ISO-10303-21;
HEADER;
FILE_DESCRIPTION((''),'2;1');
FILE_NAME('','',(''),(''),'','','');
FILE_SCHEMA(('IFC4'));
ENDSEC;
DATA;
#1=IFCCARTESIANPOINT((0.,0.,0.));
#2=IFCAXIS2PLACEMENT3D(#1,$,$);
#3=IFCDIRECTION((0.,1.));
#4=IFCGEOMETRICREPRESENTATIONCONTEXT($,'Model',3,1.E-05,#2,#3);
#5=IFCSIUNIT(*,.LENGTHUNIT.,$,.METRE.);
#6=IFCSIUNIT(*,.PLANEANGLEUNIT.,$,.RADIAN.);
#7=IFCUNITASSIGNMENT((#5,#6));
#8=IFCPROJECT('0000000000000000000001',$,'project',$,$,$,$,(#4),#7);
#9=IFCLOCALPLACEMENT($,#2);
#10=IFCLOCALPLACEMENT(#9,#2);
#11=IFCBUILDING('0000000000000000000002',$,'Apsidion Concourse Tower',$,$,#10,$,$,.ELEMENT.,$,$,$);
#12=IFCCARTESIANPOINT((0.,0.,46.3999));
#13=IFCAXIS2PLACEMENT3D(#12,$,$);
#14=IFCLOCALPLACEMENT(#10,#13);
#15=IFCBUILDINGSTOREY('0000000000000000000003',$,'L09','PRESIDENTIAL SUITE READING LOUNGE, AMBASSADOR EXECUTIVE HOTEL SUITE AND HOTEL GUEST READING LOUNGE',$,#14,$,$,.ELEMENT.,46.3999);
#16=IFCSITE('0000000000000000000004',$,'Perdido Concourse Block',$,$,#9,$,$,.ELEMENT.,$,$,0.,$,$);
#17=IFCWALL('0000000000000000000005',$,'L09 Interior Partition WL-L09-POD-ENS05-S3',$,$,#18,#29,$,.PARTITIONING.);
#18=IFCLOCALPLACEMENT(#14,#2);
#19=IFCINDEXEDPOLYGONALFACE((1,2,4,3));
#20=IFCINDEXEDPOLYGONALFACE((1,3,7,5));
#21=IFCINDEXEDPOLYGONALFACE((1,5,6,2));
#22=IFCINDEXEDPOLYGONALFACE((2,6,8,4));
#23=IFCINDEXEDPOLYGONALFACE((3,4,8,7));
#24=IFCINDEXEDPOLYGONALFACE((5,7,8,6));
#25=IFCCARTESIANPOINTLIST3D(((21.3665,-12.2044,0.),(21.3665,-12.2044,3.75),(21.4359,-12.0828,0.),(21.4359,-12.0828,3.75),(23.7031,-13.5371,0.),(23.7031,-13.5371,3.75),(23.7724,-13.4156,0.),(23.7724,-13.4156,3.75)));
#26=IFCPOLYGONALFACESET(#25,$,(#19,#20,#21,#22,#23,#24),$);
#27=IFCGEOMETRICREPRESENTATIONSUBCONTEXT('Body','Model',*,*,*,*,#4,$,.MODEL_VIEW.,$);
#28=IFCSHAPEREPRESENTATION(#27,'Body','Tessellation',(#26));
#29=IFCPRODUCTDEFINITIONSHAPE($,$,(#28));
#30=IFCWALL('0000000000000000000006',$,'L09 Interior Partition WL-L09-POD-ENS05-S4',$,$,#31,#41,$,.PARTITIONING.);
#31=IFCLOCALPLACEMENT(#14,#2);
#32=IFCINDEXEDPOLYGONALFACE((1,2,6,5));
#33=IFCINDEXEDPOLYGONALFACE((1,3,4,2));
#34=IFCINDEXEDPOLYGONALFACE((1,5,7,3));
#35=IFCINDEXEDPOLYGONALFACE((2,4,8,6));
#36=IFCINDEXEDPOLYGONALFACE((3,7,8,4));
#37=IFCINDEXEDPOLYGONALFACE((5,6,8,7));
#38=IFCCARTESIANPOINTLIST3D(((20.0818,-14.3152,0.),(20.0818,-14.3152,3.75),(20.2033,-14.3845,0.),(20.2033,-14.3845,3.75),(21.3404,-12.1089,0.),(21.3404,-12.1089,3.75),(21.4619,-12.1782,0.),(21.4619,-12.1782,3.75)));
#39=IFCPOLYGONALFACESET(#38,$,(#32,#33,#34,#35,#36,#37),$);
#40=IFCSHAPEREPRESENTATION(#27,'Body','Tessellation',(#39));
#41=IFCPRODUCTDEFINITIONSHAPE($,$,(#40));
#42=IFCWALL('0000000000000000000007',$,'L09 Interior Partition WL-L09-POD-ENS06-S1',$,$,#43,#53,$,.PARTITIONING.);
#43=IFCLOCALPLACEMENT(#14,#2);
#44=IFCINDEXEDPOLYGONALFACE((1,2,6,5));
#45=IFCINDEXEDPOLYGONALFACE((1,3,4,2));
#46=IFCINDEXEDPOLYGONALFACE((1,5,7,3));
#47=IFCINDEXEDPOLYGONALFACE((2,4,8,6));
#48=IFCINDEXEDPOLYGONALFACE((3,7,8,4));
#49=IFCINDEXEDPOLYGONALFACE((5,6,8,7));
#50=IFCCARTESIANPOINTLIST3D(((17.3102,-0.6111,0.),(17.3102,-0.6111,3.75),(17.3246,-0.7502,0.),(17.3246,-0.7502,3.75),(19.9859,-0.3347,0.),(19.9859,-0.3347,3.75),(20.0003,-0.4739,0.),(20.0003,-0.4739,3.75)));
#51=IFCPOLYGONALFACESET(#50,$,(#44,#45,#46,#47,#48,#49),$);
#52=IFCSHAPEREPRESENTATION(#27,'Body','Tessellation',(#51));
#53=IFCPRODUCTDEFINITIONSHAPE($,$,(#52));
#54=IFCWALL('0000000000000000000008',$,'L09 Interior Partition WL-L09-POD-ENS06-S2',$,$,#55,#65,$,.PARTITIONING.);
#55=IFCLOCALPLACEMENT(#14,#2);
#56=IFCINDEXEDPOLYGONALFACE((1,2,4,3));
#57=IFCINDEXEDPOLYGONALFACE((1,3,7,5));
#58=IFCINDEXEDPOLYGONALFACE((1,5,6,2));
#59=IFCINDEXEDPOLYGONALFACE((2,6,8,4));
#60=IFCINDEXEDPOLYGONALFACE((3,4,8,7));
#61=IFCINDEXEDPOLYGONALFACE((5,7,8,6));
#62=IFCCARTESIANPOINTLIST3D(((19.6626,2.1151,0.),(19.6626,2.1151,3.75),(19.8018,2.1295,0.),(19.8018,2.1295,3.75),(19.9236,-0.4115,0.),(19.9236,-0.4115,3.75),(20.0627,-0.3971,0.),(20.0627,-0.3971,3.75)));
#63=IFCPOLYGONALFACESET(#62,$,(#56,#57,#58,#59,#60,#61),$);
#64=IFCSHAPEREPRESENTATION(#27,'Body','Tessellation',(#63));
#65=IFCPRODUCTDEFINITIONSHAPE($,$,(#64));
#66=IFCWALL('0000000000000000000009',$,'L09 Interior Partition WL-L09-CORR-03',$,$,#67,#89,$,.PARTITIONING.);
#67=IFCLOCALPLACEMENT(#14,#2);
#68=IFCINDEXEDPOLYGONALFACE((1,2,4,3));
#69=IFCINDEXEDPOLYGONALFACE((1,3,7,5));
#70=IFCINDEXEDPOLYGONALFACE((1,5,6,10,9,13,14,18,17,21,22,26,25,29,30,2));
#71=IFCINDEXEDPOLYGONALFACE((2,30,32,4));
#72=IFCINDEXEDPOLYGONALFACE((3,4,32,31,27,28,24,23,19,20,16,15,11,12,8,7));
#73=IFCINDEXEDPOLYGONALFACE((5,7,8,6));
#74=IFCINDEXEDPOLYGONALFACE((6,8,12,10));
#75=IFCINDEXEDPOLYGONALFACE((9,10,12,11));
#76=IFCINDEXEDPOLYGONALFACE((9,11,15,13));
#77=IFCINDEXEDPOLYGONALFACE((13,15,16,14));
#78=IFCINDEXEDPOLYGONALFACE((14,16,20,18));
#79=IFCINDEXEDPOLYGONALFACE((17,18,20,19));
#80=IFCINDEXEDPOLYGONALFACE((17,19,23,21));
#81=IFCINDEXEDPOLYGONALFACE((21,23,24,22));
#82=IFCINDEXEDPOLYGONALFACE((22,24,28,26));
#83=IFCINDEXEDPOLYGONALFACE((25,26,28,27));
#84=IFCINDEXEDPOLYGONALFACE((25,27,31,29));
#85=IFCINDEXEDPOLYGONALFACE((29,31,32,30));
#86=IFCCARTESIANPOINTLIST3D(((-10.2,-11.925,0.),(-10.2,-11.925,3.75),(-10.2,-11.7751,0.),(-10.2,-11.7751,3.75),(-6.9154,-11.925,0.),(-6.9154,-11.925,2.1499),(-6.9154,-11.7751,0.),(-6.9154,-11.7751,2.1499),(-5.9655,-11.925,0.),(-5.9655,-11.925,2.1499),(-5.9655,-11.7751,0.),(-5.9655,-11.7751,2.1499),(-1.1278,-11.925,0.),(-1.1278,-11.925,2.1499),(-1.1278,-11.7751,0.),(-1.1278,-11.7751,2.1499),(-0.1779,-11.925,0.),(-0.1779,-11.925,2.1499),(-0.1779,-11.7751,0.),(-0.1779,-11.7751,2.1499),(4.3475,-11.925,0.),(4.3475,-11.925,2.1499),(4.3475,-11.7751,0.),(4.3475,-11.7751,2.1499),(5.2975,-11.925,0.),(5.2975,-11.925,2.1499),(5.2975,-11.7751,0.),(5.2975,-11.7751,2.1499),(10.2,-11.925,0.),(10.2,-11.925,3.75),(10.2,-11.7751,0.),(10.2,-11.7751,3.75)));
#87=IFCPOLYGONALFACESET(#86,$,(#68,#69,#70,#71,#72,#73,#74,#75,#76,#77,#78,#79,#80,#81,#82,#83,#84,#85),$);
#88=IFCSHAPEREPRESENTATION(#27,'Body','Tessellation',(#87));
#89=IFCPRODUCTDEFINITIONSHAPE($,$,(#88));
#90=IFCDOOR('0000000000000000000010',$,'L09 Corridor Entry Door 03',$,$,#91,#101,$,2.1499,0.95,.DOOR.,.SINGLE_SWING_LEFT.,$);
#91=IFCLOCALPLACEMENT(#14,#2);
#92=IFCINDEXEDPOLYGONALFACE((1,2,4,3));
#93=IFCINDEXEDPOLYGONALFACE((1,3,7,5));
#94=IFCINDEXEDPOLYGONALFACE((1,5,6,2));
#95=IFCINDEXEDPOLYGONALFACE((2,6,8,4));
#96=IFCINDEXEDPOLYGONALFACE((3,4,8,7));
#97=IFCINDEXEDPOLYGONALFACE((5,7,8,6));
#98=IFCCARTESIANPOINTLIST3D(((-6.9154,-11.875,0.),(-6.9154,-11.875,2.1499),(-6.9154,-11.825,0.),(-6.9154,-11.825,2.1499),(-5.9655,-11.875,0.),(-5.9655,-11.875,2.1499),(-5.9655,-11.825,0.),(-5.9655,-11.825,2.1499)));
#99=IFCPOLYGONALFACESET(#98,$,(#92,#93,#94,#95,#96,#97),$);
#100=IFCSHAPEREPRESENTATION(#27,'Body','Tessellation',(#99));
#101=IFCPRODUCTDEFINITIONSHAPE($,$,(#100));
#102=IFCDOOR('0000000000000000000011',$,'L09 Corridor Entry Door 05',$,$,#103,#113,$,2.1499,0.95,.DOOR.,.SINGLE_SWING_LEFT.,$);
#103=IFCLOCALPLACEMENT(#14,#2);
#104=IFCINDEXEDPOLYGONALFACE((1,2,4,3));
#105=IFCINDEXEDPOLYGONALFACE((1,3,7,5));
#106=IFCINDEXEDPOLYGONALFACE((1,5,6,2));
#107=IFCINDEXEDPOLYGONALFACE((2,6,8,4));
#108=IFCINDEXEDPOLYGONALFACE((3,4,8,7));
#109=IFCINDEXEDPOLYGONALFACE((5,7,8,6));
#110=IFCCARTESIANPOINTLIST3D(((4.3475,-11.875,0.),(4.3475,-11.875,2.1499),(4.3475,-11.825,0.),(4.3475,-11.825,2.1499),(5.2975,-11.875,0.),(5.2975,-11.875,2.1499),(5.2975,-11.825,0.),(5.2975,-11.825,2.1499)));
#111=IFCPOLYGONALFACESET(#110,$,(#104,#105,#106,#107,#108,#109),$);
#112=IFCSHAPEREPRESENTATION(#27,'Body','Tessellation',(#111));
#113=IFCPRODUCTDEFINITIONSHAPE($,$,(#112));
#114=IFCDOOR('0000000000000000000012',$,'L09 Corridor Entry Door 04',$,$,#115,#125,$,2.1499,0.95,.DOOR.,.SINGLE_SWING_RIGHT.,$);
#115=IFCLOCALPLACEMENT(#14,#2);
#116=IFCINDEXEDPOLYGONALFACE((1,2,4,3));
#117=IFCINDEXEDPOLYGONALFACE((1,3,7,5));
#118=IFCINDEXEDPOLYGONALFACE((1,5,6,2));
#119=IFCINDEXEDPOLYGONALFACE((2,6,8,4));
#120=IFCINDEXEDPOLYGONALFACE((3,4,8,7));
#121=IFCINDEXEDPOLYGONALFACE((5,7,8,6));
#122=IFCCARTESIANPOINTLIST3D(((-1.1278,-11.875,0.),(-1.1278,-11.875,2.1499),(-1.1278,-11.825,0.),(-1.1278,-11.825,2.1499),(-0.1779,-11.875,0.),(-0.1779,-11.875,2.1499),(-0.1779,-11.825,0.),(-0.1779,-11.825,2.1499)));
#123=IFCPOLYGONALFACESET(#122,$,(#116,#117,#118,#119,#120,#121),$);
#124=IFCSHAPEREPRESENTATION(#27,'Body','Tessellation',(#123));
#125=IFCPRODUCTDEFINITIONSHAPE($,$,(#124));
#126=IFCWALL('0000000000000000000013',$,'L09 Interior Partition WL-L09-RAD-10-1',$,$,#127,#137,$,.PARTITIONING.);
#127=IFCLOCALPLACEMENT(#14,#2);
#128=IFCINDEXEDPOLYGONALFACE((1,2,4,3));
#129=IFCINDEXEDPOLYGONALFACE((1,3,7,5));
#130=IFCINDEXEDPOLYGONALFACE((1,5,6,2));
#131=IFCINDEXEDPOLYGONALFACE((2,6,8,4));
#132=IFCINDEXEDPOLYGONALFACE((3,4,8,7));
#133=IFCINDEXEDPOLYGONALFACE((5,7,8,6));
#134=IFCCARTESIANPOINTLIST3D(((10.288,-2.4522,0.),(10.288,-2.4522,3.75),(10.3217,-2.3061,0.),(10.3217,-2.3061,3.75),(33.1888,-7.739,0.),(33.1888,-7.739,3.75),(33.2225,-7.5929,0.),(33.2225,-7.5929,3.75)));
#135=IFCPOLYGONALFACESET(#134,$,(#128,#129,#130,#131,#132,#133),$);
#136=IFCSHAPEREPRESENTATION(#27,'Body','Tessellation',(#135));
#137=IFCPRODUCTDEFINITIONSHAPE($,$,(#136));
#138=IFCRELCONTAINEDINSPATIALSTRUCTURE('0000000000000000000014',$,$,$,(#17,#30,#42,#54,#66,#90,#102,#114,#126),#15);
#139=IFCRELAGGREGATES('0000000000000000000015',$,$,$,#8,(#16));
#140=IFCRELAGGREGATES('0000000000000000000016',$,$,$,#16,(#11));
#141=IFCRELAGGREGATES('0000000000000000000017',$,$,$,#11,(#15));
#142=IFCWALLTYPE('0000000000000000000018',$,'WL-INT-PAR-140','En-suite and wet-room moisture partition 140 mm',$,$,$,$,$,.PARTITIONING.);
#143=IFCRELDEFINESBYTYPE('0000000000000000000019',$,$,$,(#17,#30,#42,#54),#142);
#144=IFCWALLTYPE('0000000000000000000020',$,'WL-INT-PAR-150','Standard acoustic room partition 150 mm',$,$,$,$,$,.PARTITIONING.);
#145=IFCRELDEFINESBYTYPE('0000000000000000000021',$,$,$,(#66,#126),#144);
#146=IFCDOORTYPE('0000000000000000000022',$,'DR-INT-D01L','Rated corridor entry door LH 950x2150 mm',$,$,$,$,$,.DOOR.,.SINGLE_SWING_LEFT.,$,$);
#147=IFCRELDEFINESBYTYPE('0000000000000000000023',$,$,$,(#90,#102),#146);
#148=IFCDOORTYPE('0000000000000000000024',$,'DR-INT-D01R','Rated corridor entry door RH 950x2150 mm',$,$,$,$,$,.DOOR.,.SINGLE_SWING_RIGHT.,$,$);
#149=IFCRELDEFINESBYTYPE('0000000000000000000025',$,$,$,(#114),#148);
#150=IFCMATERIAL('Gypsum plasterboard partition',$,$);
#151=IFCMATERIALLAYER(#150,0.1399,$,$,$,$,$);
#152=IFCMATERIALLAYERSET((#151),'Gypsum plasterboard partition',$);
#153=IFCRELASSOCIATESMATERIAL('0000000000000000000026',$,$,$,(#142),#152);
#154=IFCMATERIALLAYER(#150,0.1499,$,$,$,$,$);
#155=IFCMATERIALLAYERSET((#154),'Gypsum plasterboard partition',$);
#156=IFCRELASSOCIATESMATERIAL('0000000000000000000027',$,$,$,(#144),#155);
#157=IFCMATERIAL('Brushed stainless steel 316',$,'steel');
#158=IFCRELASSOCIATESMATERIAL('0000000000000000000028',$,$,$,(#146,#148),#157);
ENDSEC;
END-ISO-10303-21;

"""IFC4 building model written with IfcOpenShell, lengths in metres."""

from ifc_helpers import new_model, si_unit, direction, frame, frame_2d, origin, place, context, subcontext, project, spatial, rectangle, extrude, material, layer, layer_set, type_object, element, fill, save


model = new_model("IFC4")

# Units and contexts
model_context = context("Model", 3, precision=1e-05, world=origin(), true_north=direction((0.0, 1.0)))
body_context = subcontext(model_context, "Body", "Model", "MODEL_VIEW")
ifc_project = project(units=[si_unit("LENGTHUNIT", "METRE"), si_unit("PLANEANGLEUNIT", "RADIAN")], contexts=[model_context])

# Site, building, storey
site_placement = place(None, origin())
site = spatial("IfcSite", under=ifc_project, at=site_placement, Name="Perdido Concourse Block", CompositionType="ELEMENT", RefElevation=0.0)
building_placement = place(site_placement, origin())
building = spatial("IfcBuilding", under=site, at=building_placement, Name="Apsidion Concourse Tower", CompositionType="ELEMENT")
storey_placement = place(building_placement, frame((0.0, 0.0, 46.3999)))
storey = spatial("IfcBuildingStorey", under=building, at=storey_placement, Name="L09", Description="PRESIDENTIAL SUITE READING LOUNGE, AMBASSADOR EXECUTIVE HOTEL SUITE AND HOTEL GUEST READING LOUNGE", CompositionType="ELEMENT", Elevation=46.3999)

# Shared definitions
ifc_material_1 = material(Name="Gypsum plasterboard partition")
ifc_layer_1 = layer(ifc_material_1, 0.1399)
ifc_layer_set_1 = layer_set([ifc_layer_1], Name="Gypsum plasterboard partition")
wall_type_1 = type_object("IfcWallType", Name="WL-INT-PAR-140", Description="En-suite and wet-room moisture partition 140 mm", PredefinedType="PARTITIONING", material=ifc_layer_set_1)

# Walls
wall_1_placement = place(storey_placement, frame((23.7378, -13.4763, 0.0), z_axis=(0.0, 0.0, 1.0), x_axis=(-0.868639, 0.495445, 0.0)))
element("IfcWall", 1, at=wall_1_placement, inside=storey, type_object=wall_type_1, Name="L09 Interior Partition WL-L09-POD-ENS05-S3", PredefinedType="PARTITIONING", context=body_context, shape_type="SweptSolid", body=[
    extrude(rectangle(XDim=2.6899, YDim=0.1399, at=frame_2d((1.345, 0.0))), origin(), (0.0, 0.0, 1.0), 3.75),
])
wall_2_placement = place(storey_placement, frame((21.4011, -12.1436, 0.0), z_axis=(0.0, 0.0, 1.0), x_axis=(-0.495487, -0.868616, 0.0)))
element("IfcWall", 2, at=wall_2_placement, inside=storey, type_object=wall_type_1, Name="L09 Interior Partition WL-L09-POD-ENS05-S4", PredefinedType="PARTITIONING", context=body_context, shape_type="SweptSolid", body=[
    extrude(rectangle(XDim=2.54, YDim=0.1399, at=frame_2d((1.27, 0.0))), origin(), (0.0, 0.0, 1.0), 3.75),
])
wall_3_placement = place(storey_placement, frame((17.3174, -0.6807, 0.0), z_axis=(0.0, 0.0, 1.0), x_axis=(0.994708, 0.102738, 0.0)))
element("IfcWall", 3, at=wall_3_placement, inside=storey, type_object=wall_type_1, Name="L09 Interior Partition WL-L09-POD-ENS06-S1", PredefinedType="PARTITIONING", context=body_context, shape_type="SweptSolid", body=[
    extrude(rectangle(XDim=2.6899, YDim=0.1399, at=frame_2d((1.345, 0.0))), origin(), (0.0, 0.0, 1.0), 3.75),
])
wall_4_placement = place(storey_placement, frame((19.9932, -0.4043, 0.0), z_axis=(0.0, 0.0, 1.0), x_axis=(-0.102748, 0.994707, 0.0)))
element("IfcWall", 4, at=wall_4_placement, inside=storey, type_object=wall_type_1, Name="L09 Interior Partition WL-L09-POD-ENS06-S2", PredefinedType="PARTITIONING", context=body_context, shape_type="SweptSolid", body=[
    extrude(rectangle(XDim=2.54, YDim=0.1399, at=frame_2d((1.27, 0.0))), origin(), (0.0, 0.0, 1.0), 3.75),
])

# Wall, openings, doors
ifc_layer_2 = layer(ifc_material_1, 0.1499)
ifc_layer_set_2 = layer_set([ifc_layer_2], Name="Gypsum plasterboard partition")
wall_type_2 = type_object("IfcWallType", Name="WL-INT-PAR-150", Description="Standard acoustic room partition 150 mm", PredefinedType="PARTITIONING", material=ifc_layer_set_2)
wall_5_placement = place(storey_placement, frame((10.2, -11.8501, 0.0), z_axis=(0.0, 0.0, 1.0), x_axis=(-1.0, 0.0, 0.0)))
wall_5 = element("IfcWall", 5, at=wall_5_placement, inside=storey, type_object=wall_type_2, Name="L09 Interior Partition WL-L09-CORR-03", PredefinedType="PARTITIONING", context=body_context, shape_type="SweptSolid", body=[
    extrude(rectangle(XDim=20.3999, YDim=0.1499, at=frame_2d((10.2, 0.0))), origin(), (0.0, 0.0, 1.0), 3.75),
])
opening_1_placement = place(wall_5_placement, frame((16.1653, 0.0, 0.0)))
opening_1 = element("IfcOpeningElement", 6, at=opening_1_placement, cuts=wall_5, PredefinedType="OPENING", context=body_context, shape_type="SweptSolid", body=[
    extrude(rectangle(XDim=0.95, YDim=2.1499, at=frame_2d((0.4751, 1.075))), frame((0.0, 0.085, 0.0), z_axis=(0.0, -1.0, 0.0), x_axis=(1.0, 0.0, 0.0)), (0.0, 0.0, 1.0), 0.1699),
])
opening_2_placement = place(wall_5_placement, frame((10.3777, 0.0, 0.0)))
opening_2 = element("IfcOpeningElement", 7, at=opening_2_placement, cuts=wall_5, PredefinedType="OPENING", context=body_context, shape_type="SweptSolid", body=[
    extrude(rectangle(XDim=0.95, YDim=2.1499, at=frame_2d((0.4751, 1.075))), frame((0.0, 0.085, 0.0), z_axis=(0.0, -1.0, 0.0), x_axis=(1.0, 0.0, 0.0)), (0.0, 0.0, 1.0), 0.1699),
])
opening_3_placement = place(wall_5_placement, frame((4.9023, 0.0, 0.0)))
opening_3 = element("IfcOpeningElement", 8, at=opening_3_placement, cuts=wall_5, PredefinedType="OPENING", context=body_context, shape_type="SweptSolid", body=[
    extrude(rectangle(XDim=0.95, YDim=2.1499, at=frame_2d((0.4751, 1.075))), frame((0.0, 0.085, 0.0), z_axis=(0.0, -1.0, 0.0), x_axis=(1.0, 0.0, 0.0)), (0.0, 0.0, 1.0), 0.1699),
])
ifc_material_2 = material(Name="Brushed stainless steel 316", Category="steel")
door_type_1 = type_object("IfcDoorType", Name="DR-INT-D01L", Description="Rated corridor entry door LH 950x2150 mm", OperationType="SINGLE_SWING_LEFT", PredefinedType="DOOR", material=ifc_material_2)
door_1_placement = place(opening_1_placement, origin())
door_1 = element("IfcDoor", 9, at=door_1_placement, inside=storey, type_object=door_type_1, Name="L09 Corridor Entry Door 03", OperationType="SINGLE_SWING_LEFT", OverallHeight=2.1499, OverallWidth=0.95, PredefinedType="DOOR", context=body_context, shape_type="SweptSolid", body=[
    extrude(rectangle(XDim=0.95, YDim=2.1499, at=frame_2d((0.4751, 1.075))), frame((0.0, 0.0249, 0.0), z_axis=(0.0, -1.0, 0.0), x_axis=(1.0, 0.0, 0.0)), (0.0, 0.0, 1.0), 0.05),
])
fill(opening_1, door_1)
door_2_placement = place(opening_3_placement, origin())
door_2 = element("IfcDoor", 10, at=door_2_placement, inside=storey, type_object=door_type_1, Name="L09 Corridor Entry Door 05", OperationType="SINGLE_SWING_LEFT", OverallHeight=2.1499, OverallWidth=0.95, PredefinedType="DOOR", context=body_context, shape_type="SweptSolid", body=[
    extrude(rectangle(XDim=0.95, YDim=2.1499, at=frame_2d((0.4751, 1.075))), frame((0.0, 0.0249, 0.0), z_axis=(0.0, -1.0, 0.0), x_axis=(1.0, 0.0, 0.0)), (0.0, 0.0, 1.0), 0.05),
])
fill(opening_3, door_2)
door_type_2 = type_object("IfcDoorType", Name="DR-INT-D01R", Description="Rated corridor entry door RH 950x2150 mm", OperationType="SINGLE_SWING_RIGHT", PredefinedType="DOOR", material=ifc_material_2)
door_3_placement = place(opening_2_placement, origin())
door_3 = element("IfcDoor", 11, at=door_3_placement, inside=storey, type_object=door_type_2, Name="L09 Corridor Entry Door 04", OperationType="SINGLE_SWING_RIGHT", OverallHeight=2.1499, OverallWidth=0.95, PredefinedType="DOOR", context=body_context, shape_type="SweptSolid", body=[
    extrude(rectangle(XDim=0.95, YDim=2.1499, at=frame_2d((0.4751, 1.075))), frame((0.0, 0.0249, 0.0), z_axis=(0.0, -1.0, 0.0), x_axis=(1.0, 0.0, 0.0)), (0.0, 0.0, 1.0), 0.05),
])
fill(opening_2, door_3)

# Wall
wall_6_placement = place(storey_placement, frame((10.3049, -2.3792, 0.0), z_axis=(0.0, 0.0, 1.0), x_axis=(0.974372, -0.224942, 0.0)))
element("IfcWall", 12, at=wall_6_placement, inside=storey, type_object=wall_type_2, Name="L09 Interior Partition WL-L09-RAD-10-1", PredefinedType="PARTITIONING", context=body_context, shape_type="SweptSolid", body=[
    extrude(rectangle(XDim=23.5032, YDim=0.1499, at=frame_2d((11.7515, 0.0))), origin(), (0.0, 0.0, 1.0), 3.75),
])

save(model, "model.ifc")
